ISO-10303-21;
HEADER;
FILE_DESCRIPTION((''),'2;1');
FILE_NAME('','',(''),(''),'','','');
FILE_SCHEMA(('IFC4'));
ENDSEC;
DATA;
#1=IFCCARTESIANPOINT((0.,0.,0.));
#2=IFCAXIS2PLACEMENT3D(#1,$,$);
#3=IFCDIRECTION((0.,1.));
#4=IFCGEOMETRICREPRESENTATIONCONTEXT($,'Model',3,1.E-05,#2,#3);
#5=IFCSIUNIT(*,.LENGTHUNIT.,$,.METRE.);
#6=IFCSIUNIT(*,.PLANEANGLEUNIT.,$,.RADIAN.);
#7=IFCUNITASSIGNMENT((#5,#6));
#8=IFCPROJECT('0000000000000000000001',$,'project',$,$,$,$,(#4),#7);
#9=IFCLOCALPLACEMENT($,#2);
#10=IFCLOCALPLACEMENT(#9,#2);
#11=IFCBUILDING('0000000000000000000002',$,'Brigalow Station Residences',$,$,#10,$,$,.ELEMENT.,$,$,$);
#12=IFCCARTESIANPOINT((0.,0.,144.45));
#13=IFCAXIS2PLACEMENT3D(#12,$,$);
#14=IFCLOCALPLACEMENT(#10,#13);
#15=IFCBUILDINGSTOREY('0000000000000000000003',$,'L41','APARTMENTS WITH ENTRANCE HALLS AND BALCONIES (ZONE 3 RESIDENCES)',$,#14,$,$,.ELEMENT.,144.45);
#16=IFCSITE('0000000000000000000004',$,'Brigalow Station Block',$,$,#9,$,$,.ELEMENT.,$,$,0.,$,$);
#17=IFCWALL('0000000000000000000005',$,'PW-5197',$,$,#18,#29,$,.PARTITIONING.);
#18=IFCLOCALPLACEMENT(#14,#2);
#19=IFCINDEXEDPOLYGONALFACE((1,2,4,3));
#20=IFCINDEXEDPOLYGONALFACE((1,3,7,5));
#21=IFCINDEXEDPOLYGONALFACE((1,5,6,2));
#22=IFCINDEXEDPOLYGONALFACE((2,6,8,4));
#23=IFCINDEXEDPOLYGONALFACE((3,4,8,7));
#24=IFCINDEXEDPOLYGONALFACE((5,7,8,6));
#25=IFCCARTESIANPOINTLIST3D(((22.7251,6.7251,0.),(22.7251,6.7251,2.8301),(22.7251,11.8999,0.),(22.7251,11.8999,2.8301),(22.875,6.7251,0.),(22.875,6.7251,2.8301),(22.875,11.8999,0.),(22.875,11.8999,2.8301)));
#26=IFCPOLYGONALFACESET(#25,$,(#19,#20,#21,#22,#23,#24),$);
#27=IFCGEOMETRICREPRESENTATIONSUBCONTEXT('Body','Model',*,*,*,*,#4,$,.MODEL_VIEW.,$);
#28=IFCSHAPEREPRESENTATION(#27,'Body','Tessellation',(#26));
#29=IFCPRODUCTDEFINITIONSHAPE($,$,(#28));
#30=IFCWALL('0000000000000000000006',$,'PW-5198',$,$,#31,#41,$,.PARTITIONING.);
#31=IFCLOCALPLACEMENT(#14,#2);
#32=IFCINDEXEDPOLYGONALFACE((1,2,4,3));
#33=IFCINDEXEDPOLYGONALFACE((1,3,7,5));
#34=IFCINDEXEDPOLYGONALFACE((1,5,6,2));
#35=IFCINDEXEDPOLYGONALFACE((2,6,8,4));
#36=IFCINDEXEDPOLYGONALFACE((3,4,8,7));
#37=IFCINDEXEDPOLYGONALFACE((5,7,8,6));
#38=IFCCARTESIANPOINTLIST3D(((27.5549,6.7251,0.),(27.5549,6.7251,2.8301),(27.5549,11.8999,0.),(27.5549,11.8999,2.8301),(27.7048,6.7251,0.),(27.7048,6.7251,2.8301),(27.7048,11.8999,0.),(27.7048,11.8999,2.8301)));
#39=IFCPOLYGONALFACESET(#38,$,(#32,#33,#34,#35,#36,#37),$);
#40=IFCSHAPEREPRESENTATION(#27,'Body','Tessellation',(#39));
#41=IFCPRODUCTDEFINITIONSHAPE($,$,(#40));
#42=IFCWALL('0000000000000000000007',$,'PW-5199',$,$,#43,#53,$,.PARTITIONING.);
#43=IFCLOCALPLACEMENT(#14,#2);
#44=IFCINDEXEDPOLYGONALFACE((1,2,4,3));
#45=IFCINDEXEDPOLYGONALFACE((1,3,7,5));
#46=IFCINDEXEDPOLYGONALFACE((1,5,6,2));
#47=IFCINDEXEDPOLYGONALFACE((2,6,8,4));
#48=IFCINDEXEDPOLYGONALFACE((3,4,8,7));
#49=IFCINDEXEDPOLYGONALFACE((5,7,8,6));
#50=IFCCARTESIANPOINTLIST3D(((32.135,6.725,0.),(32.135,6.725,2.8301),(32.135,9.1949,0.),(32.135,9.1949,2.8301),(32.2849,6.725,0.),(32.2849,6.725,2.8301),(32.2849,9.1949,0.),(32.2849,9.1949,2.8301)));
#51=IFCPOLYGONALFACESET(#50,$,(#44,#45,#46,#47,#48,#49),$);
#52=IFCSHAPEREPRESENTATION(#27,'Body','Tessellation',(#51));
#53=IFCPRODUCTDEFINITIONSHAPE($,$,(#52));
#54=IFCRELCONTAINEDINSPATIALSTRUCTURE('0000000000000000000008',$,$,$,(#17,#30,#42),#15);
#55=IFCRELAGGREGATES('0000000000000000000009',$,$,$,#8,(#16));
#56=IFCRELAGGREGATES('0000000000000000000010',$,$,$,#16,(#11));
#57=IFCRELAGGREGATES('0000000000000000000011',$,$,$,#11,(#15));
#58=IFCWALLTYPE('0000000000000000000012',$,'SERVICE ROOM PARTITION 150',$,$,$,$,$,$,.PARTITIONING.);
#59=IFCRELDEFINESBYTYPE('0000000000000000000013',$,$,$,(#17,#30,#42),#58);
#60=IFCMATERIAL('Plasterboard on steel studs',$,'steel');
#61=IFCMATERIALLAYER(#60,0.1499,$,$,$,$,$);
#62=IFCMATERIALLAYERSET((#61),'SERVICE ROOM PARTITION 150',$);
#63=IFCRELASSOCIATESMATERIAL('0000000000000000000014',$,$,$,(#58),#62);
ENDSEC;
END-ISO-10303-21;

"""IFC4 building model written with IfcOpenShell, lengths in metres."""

from ifc_helpers import new_model, si_unit, direction, frame, frame_2d, origin, place, context, subcontext, project, spatial, rectangle, extrude, material, layer, layer_set, type_object, element, save


model = new_model("IFC4")

# Units and contexts
model_context = context("Model", 3, precision=1e-05, world=origin(), true_north=direction((0.0, 1.0)))
body_context = subcontext(model_context, "Body", "Model", "MODEL_VIEW")
ifc_project = project(units=[si_unit("LENGTHUNIT", "METRE"), si_unit("PLANEANGLEUNIT", "RADIAN")], contexts=[model_context])

# Site, building, storey
site_placement = place(None, origin())
site = spatial("IfcSite", under=ifc_project, at=site_placement, Name="Brigalow Station Block", CompositionType="ELEMENT", RefElevation=0.0)
building_placement = place(site_placement, origin())
building = spatial("IfcBuilding", under=site, at=building_placement, Name="Brigalow Station Residences", CompositionType="ELEMENT")
storey_placement = place(building_placement, frame((0.0, 0.0, 144.45)))
storey = spatial("IfcBuildingStorey", under=building, at=storey_placement, Name="L41", Description="APARTMENTS WITH ENTRANCE HALLS AND BALCONIES (ZONE 3 RESIDENCES)", CompositionType="ELEMENT", Elevation=144.45)

# Shared definitions
ifc_material_1 = material(Name="Plasterboard on steel studs", Category="steel")
ifc_layer_1 = layer(ifc_material_1, 0.1499)
ifc_layer_set_1 = layer_set([ifc_layer_1], Name="SERVICE ROOM PARTITION 150")
wall_type_1 = type_object("IfcWallType", Name="SERVICE ROOM PARTITION 150", PredefinedType="PARTITIONING", material=ifc_layer_set_1)

# Walls
for number, where, z_axis, x_axis, name in (
    (1, (22.8, 6.7251, 0.0), (0.0, 0.0, 1.0), (0.0, 1.0, 0.0), "PW-5197"),
    (2, (27.6299, 6.7251, 0.0), (0.0, 0.0, 1.0), (0.0, 1.0, 0.0), "PW-5198"),
):
    element("IfcWall", number, at=place(storey_placement, frame(where, z_axis=z_axis, x_axis=x_axis)), inside=storey, type_object=wall_type_1, Name=name, PredefinedType="PARTITIONING", context=body_context, shape_type="SweptSolid", body=[
        extrude(rectangle(XDim=5.1748, YDim=0.1499, at=frame_2d((2.5874, 0.0))), origin(), (0.0, 0.0, 1.0), 2.8301),
    ])
wall_1_placement = place(storey_placement, frame((32.21, 6.7251, 0.0), z_axis=(0.0, 0.0, 1.0), x_axis=(0.0, 1.0, 0.0)))
element("IfcWall", 3, at=wall_1_placement, inside=storey, type_object=wall_type_1, Name="PW-5199", PredefinedType="PARTITIONING", context=body_context, shape_type="SweptSolid", body=[
    extrude(rectangle(XDim=2.47, YDim=0.1499, at=frame_2d((1.2349, 0.0))), origin(), (0.0, 0.0, 1.0), 2.8301),
])

save(model, "model.ifc")
